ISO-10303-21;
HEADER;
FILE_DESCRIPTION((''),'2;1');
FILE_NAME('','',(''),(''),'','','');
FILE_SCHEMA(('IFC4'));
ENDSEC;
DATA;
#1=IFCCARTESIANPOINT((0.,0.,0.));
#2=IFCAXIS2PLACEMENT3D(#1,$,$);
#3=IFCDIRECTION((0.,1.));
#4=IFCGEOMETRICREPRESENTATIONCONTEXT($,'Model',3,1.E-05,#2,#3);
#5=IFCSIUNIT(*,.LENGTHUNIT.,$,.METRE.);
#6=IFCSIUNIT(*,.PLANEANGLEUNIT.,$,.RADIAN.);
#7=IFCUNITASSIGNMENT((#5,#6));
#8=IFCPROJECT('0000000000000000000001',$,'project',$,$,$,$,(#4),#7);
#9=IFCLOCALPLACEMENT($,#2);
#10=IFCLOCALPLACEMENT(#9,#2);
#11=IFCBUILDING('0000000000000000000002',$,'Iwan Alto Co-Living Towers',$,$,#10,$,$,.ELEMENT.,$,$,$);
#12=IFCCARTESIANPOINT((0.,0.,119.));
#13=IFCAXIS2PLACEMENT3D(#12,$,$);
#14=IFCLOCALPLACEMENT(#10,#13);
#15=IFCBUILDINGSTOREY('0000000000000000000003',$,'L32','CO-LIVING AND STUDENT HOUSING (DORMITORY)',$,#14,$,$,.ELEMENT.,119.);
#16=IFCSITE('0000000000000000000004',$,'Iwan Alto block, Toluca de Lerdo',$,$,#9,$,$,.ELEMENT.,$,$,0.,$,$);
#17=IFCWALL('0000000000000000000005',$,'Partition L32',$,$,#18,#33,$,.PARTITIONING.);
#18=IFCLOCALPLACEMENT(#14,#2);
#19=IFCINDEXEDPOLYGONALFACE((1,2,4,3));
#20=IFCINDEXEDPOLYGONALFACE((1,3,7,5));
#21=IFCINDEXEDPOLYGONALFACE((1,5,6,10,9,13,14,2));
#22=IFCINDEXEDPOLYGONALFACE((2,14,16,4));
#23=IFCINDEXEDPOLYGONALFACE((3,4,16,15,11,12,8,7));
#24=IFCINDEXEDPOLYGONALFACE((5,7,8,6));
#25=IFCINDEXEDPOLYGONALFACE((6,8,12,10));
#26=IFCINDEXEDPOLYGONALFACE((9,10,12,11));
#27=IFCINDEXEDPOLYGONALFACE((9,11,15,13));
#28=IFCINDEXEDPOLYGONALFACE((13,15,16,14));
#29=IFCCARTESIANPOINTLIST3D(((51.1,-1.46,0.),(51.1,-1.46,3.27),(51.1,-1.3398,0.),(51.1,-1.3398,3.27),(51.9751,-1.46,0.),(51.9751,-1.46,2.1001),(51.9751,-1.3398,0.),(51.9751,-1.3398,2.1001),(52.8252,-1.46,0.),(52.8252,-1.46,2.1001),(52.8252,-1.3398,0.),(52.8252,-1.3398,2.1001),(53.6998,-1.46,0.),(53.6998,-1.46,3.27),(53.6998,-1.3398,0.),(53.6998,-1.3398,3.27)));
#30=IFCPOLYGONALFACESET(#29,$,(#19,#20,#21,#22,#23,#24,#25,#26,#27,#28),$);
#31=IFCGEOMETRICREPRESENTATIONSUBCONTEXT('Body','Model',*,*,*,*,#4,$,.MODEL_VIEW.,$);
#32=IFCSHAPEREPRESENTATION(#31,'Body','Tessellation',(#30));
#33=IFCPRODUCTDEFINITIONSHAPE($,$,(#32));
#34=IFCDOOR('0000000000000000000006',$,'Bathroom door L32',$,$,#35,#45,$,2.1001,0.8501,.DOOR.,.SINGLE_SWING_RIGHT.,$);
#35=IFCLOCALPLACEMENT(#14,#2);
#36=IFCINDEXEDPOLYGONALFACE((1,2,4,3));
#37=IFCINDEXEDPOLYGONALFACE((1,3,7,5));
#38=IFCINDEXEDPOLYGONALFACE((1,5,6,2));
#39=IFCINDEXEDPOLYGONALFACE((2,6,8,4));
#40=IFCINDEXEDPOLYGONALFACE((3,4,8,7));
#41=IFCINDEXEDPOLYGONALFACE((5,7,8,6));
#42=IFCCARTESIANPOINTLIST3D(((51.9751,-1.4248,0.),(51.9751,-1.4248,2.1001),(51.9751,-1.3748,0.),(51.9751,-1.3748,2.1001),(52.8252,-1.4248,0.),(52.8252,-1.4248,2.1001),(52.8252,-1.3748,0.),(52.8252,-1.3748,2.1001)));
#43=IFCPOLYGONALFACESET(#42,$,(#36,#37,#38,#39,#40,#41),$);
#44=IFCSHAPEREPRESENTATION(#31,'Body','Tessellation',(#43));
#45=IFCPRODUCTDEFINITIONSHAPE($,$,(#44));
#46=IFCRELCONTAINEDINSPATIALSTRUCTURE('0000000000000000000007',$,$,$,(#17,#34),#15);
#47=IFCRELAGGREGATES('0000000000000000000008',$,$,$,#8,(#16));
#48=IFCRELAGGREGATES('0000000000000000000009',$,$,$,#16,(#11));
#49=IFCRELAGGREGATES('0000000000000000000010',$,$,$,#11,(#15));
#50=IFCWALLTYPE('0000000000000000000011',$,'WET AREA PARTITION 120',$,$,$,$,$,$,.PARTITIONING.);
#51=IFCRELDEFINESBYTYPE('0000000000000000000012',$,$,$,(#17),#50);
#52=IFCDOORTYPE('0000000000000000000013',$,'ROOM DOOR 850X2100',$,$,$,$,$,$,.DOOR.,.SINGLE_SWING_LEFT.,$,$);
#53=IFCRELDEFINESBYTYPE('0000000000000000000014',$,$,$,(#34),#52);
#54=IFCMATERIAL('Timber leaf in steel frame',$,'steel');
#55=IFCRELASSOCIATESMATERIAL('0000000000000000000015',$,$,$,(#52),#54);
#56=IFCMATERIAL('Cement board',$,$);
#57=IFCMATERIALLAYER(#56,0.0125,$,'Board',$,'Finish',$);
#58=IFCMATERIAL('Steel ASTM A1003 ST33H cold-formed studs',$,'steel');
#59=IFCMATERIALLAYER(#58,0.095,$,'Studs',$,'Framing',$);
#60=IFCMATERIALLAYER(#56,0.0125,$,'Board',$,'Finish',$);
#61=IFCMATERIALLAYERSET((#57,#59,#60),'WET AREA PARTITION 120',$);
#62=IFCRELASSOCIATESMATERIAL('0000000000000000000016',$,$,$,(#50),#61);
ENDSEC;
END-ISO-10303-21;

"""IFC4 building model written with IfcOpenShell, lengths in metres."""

from ifc_helpers import new_model, si_unit, direction, frame, frame_2d, origin, place, context, subcontext, project, spatial, rectangle, extrude, material, layer, layer_set, type_object, element, fill, save


model = new_model("IFC4")

# Units and contexts
model_context = context("Model", 3, precision=1e-05, world=origin(), true_north=direction((0.0, 1.0)))
body_context = subcontext(model_context, "Body", "Model", "MODEL_VIEW")
ifc_project = project(units=[si_unit("LENGTHUNIT", "METRE"), si_unit("PLANEANGLEUNIT", "RADIAN")], contexts=[model_context])

# Site, building, storey
site_placement = place(None, origin())
site = spatial("IfcSite", under=ifc_project, at=site_placement, Name="Iwan Alto block, Toluca de Lerdo", CompositionType="ELEMENT", RefElevation=0.0)
building_placement = place(site_placement, origin())
building = spatial("IfcBuilding", under=site, at=building_placement, Name="Iwan Alto Co-Living Towers", CompositionType="ELEMENT")
storey_placement = place(building_placement, frame((0.0, 0.0, 119.0)))
storey = spatial("IfcBuildingStorey", under=building, at=storey_placement, Name="L32", Description="CO-LIVING AND STUDENT HOUSING (DORMITORY)", CompositionType="ELEMENT", Elevation=119.0)

# Shared definitions
ifc_material_1 = material(Name="Steel ASTM A1003 ST33H cold-formed studs", Category="steel")
ifc_material_2 = material(Name="Timber leaf in steel frame", Category="steel")
door_type_1 = type_object("IfcDoorType", Name="ROOM DOOR 850X2100", OperationType="SINGLE_SWING_LEFT", PredefinedType="DOOR", material=ifc_material_2)

# Shared definitions
ifc_material_3 = material(Name="Cement board")
ifc_layer_1 = layer(ifc_material_3, 0.0125, Name="Board", Category="Finish")
ifc_layer_2 = layer(ifc_material_1, 0.095, Name="Studs", Category="Framing")
ifc_layer_3 = layer(ifc_material_3, 0.0125, Name="Board", Category="Finish")
ifc_layer_set_1 = layer_set([ifc_layer_1, ifc_layer_2, ifc_layer_3], Name="WET AREA PARTITION 120")
wall_type_1 = type_object("IfcWallType", Name="WET AREA PARTITION 120", PredefinedType="PARTITIONING", material=ifc_layer_set_1)

# Wall, opening, door
wall_1_placement = place(storey_placement, frame((51.1001, -1.3999, 0.0), z_axis=(0.0, 0.0, 1.0), x_axis=(1.0, 0.0, 0.0)))
wall_1 = element("IfcWall", 1, at=wall_1_placement, inside=storey, type_object=wall_type_1, Name="Partition L32", PredefinedType="PARTITIONING", context=body_context, shape_type="SweptSolid", body=[
    extrude(rectangle(XDim=2.5999, YDim=0.1201, at=frame_2d((1.2998, 0.0))), origin(), (0.0, 0.0, 1.0), 3.27),
])
opening_1_placement = place(wall_1_placement, frame((0.875, 0.0, 0.0)))
opening_1 = element("IfcOpeningElement", 2, at=opening_1_placement, cuts=wall_1, PredefinedType="OPENING", context=body_context, shape_type="SweptSolid", body=[
    extrude(rectangle(XDim=0.8501, YDim=2.1001, at=frame_2d((0.425, 1.05))), frame((0.0, 0.0701, 0.0), z_axis=(0.0, -1.0, 0.0), x_axis=(1.0, 0.0, 0.0)), (0.0, 0.0, 1.0), 0.1401),
])
door_1_placement = place(opening_1_placement, frame((0.8501, 0.0, 0.0), z_axis=(0.0, 0.0, 1.0), x_axis=(-1.0, 0.0, 0.0)))
door_1 = element("IfcDoor", 3, at=door_1_placement, inside=storey, type_object=door_type_1, Name="Bathroom door L32", OperationType="SINGLE_SWING_RIGHT", OverallHeight=2.1001, OverallWidth=0.8501, PredefinedType="DOOR", context=body_context, shape_type="SweptSolid", body=[
    extrude(rectangle(XDim=0.8501, YDim=2.1001, at=frame_2d((0.425, 1.05))), frame((0.0, 0.0249, 0.0), z_axis=(0.0, -1.0, 0.0), x_axis=(1.0, 0.0, 0.0)), (0.0, 0.0, 1.0), 0.05),
])
fill(opening_1, door_1)

save(model, "model.ifc")
